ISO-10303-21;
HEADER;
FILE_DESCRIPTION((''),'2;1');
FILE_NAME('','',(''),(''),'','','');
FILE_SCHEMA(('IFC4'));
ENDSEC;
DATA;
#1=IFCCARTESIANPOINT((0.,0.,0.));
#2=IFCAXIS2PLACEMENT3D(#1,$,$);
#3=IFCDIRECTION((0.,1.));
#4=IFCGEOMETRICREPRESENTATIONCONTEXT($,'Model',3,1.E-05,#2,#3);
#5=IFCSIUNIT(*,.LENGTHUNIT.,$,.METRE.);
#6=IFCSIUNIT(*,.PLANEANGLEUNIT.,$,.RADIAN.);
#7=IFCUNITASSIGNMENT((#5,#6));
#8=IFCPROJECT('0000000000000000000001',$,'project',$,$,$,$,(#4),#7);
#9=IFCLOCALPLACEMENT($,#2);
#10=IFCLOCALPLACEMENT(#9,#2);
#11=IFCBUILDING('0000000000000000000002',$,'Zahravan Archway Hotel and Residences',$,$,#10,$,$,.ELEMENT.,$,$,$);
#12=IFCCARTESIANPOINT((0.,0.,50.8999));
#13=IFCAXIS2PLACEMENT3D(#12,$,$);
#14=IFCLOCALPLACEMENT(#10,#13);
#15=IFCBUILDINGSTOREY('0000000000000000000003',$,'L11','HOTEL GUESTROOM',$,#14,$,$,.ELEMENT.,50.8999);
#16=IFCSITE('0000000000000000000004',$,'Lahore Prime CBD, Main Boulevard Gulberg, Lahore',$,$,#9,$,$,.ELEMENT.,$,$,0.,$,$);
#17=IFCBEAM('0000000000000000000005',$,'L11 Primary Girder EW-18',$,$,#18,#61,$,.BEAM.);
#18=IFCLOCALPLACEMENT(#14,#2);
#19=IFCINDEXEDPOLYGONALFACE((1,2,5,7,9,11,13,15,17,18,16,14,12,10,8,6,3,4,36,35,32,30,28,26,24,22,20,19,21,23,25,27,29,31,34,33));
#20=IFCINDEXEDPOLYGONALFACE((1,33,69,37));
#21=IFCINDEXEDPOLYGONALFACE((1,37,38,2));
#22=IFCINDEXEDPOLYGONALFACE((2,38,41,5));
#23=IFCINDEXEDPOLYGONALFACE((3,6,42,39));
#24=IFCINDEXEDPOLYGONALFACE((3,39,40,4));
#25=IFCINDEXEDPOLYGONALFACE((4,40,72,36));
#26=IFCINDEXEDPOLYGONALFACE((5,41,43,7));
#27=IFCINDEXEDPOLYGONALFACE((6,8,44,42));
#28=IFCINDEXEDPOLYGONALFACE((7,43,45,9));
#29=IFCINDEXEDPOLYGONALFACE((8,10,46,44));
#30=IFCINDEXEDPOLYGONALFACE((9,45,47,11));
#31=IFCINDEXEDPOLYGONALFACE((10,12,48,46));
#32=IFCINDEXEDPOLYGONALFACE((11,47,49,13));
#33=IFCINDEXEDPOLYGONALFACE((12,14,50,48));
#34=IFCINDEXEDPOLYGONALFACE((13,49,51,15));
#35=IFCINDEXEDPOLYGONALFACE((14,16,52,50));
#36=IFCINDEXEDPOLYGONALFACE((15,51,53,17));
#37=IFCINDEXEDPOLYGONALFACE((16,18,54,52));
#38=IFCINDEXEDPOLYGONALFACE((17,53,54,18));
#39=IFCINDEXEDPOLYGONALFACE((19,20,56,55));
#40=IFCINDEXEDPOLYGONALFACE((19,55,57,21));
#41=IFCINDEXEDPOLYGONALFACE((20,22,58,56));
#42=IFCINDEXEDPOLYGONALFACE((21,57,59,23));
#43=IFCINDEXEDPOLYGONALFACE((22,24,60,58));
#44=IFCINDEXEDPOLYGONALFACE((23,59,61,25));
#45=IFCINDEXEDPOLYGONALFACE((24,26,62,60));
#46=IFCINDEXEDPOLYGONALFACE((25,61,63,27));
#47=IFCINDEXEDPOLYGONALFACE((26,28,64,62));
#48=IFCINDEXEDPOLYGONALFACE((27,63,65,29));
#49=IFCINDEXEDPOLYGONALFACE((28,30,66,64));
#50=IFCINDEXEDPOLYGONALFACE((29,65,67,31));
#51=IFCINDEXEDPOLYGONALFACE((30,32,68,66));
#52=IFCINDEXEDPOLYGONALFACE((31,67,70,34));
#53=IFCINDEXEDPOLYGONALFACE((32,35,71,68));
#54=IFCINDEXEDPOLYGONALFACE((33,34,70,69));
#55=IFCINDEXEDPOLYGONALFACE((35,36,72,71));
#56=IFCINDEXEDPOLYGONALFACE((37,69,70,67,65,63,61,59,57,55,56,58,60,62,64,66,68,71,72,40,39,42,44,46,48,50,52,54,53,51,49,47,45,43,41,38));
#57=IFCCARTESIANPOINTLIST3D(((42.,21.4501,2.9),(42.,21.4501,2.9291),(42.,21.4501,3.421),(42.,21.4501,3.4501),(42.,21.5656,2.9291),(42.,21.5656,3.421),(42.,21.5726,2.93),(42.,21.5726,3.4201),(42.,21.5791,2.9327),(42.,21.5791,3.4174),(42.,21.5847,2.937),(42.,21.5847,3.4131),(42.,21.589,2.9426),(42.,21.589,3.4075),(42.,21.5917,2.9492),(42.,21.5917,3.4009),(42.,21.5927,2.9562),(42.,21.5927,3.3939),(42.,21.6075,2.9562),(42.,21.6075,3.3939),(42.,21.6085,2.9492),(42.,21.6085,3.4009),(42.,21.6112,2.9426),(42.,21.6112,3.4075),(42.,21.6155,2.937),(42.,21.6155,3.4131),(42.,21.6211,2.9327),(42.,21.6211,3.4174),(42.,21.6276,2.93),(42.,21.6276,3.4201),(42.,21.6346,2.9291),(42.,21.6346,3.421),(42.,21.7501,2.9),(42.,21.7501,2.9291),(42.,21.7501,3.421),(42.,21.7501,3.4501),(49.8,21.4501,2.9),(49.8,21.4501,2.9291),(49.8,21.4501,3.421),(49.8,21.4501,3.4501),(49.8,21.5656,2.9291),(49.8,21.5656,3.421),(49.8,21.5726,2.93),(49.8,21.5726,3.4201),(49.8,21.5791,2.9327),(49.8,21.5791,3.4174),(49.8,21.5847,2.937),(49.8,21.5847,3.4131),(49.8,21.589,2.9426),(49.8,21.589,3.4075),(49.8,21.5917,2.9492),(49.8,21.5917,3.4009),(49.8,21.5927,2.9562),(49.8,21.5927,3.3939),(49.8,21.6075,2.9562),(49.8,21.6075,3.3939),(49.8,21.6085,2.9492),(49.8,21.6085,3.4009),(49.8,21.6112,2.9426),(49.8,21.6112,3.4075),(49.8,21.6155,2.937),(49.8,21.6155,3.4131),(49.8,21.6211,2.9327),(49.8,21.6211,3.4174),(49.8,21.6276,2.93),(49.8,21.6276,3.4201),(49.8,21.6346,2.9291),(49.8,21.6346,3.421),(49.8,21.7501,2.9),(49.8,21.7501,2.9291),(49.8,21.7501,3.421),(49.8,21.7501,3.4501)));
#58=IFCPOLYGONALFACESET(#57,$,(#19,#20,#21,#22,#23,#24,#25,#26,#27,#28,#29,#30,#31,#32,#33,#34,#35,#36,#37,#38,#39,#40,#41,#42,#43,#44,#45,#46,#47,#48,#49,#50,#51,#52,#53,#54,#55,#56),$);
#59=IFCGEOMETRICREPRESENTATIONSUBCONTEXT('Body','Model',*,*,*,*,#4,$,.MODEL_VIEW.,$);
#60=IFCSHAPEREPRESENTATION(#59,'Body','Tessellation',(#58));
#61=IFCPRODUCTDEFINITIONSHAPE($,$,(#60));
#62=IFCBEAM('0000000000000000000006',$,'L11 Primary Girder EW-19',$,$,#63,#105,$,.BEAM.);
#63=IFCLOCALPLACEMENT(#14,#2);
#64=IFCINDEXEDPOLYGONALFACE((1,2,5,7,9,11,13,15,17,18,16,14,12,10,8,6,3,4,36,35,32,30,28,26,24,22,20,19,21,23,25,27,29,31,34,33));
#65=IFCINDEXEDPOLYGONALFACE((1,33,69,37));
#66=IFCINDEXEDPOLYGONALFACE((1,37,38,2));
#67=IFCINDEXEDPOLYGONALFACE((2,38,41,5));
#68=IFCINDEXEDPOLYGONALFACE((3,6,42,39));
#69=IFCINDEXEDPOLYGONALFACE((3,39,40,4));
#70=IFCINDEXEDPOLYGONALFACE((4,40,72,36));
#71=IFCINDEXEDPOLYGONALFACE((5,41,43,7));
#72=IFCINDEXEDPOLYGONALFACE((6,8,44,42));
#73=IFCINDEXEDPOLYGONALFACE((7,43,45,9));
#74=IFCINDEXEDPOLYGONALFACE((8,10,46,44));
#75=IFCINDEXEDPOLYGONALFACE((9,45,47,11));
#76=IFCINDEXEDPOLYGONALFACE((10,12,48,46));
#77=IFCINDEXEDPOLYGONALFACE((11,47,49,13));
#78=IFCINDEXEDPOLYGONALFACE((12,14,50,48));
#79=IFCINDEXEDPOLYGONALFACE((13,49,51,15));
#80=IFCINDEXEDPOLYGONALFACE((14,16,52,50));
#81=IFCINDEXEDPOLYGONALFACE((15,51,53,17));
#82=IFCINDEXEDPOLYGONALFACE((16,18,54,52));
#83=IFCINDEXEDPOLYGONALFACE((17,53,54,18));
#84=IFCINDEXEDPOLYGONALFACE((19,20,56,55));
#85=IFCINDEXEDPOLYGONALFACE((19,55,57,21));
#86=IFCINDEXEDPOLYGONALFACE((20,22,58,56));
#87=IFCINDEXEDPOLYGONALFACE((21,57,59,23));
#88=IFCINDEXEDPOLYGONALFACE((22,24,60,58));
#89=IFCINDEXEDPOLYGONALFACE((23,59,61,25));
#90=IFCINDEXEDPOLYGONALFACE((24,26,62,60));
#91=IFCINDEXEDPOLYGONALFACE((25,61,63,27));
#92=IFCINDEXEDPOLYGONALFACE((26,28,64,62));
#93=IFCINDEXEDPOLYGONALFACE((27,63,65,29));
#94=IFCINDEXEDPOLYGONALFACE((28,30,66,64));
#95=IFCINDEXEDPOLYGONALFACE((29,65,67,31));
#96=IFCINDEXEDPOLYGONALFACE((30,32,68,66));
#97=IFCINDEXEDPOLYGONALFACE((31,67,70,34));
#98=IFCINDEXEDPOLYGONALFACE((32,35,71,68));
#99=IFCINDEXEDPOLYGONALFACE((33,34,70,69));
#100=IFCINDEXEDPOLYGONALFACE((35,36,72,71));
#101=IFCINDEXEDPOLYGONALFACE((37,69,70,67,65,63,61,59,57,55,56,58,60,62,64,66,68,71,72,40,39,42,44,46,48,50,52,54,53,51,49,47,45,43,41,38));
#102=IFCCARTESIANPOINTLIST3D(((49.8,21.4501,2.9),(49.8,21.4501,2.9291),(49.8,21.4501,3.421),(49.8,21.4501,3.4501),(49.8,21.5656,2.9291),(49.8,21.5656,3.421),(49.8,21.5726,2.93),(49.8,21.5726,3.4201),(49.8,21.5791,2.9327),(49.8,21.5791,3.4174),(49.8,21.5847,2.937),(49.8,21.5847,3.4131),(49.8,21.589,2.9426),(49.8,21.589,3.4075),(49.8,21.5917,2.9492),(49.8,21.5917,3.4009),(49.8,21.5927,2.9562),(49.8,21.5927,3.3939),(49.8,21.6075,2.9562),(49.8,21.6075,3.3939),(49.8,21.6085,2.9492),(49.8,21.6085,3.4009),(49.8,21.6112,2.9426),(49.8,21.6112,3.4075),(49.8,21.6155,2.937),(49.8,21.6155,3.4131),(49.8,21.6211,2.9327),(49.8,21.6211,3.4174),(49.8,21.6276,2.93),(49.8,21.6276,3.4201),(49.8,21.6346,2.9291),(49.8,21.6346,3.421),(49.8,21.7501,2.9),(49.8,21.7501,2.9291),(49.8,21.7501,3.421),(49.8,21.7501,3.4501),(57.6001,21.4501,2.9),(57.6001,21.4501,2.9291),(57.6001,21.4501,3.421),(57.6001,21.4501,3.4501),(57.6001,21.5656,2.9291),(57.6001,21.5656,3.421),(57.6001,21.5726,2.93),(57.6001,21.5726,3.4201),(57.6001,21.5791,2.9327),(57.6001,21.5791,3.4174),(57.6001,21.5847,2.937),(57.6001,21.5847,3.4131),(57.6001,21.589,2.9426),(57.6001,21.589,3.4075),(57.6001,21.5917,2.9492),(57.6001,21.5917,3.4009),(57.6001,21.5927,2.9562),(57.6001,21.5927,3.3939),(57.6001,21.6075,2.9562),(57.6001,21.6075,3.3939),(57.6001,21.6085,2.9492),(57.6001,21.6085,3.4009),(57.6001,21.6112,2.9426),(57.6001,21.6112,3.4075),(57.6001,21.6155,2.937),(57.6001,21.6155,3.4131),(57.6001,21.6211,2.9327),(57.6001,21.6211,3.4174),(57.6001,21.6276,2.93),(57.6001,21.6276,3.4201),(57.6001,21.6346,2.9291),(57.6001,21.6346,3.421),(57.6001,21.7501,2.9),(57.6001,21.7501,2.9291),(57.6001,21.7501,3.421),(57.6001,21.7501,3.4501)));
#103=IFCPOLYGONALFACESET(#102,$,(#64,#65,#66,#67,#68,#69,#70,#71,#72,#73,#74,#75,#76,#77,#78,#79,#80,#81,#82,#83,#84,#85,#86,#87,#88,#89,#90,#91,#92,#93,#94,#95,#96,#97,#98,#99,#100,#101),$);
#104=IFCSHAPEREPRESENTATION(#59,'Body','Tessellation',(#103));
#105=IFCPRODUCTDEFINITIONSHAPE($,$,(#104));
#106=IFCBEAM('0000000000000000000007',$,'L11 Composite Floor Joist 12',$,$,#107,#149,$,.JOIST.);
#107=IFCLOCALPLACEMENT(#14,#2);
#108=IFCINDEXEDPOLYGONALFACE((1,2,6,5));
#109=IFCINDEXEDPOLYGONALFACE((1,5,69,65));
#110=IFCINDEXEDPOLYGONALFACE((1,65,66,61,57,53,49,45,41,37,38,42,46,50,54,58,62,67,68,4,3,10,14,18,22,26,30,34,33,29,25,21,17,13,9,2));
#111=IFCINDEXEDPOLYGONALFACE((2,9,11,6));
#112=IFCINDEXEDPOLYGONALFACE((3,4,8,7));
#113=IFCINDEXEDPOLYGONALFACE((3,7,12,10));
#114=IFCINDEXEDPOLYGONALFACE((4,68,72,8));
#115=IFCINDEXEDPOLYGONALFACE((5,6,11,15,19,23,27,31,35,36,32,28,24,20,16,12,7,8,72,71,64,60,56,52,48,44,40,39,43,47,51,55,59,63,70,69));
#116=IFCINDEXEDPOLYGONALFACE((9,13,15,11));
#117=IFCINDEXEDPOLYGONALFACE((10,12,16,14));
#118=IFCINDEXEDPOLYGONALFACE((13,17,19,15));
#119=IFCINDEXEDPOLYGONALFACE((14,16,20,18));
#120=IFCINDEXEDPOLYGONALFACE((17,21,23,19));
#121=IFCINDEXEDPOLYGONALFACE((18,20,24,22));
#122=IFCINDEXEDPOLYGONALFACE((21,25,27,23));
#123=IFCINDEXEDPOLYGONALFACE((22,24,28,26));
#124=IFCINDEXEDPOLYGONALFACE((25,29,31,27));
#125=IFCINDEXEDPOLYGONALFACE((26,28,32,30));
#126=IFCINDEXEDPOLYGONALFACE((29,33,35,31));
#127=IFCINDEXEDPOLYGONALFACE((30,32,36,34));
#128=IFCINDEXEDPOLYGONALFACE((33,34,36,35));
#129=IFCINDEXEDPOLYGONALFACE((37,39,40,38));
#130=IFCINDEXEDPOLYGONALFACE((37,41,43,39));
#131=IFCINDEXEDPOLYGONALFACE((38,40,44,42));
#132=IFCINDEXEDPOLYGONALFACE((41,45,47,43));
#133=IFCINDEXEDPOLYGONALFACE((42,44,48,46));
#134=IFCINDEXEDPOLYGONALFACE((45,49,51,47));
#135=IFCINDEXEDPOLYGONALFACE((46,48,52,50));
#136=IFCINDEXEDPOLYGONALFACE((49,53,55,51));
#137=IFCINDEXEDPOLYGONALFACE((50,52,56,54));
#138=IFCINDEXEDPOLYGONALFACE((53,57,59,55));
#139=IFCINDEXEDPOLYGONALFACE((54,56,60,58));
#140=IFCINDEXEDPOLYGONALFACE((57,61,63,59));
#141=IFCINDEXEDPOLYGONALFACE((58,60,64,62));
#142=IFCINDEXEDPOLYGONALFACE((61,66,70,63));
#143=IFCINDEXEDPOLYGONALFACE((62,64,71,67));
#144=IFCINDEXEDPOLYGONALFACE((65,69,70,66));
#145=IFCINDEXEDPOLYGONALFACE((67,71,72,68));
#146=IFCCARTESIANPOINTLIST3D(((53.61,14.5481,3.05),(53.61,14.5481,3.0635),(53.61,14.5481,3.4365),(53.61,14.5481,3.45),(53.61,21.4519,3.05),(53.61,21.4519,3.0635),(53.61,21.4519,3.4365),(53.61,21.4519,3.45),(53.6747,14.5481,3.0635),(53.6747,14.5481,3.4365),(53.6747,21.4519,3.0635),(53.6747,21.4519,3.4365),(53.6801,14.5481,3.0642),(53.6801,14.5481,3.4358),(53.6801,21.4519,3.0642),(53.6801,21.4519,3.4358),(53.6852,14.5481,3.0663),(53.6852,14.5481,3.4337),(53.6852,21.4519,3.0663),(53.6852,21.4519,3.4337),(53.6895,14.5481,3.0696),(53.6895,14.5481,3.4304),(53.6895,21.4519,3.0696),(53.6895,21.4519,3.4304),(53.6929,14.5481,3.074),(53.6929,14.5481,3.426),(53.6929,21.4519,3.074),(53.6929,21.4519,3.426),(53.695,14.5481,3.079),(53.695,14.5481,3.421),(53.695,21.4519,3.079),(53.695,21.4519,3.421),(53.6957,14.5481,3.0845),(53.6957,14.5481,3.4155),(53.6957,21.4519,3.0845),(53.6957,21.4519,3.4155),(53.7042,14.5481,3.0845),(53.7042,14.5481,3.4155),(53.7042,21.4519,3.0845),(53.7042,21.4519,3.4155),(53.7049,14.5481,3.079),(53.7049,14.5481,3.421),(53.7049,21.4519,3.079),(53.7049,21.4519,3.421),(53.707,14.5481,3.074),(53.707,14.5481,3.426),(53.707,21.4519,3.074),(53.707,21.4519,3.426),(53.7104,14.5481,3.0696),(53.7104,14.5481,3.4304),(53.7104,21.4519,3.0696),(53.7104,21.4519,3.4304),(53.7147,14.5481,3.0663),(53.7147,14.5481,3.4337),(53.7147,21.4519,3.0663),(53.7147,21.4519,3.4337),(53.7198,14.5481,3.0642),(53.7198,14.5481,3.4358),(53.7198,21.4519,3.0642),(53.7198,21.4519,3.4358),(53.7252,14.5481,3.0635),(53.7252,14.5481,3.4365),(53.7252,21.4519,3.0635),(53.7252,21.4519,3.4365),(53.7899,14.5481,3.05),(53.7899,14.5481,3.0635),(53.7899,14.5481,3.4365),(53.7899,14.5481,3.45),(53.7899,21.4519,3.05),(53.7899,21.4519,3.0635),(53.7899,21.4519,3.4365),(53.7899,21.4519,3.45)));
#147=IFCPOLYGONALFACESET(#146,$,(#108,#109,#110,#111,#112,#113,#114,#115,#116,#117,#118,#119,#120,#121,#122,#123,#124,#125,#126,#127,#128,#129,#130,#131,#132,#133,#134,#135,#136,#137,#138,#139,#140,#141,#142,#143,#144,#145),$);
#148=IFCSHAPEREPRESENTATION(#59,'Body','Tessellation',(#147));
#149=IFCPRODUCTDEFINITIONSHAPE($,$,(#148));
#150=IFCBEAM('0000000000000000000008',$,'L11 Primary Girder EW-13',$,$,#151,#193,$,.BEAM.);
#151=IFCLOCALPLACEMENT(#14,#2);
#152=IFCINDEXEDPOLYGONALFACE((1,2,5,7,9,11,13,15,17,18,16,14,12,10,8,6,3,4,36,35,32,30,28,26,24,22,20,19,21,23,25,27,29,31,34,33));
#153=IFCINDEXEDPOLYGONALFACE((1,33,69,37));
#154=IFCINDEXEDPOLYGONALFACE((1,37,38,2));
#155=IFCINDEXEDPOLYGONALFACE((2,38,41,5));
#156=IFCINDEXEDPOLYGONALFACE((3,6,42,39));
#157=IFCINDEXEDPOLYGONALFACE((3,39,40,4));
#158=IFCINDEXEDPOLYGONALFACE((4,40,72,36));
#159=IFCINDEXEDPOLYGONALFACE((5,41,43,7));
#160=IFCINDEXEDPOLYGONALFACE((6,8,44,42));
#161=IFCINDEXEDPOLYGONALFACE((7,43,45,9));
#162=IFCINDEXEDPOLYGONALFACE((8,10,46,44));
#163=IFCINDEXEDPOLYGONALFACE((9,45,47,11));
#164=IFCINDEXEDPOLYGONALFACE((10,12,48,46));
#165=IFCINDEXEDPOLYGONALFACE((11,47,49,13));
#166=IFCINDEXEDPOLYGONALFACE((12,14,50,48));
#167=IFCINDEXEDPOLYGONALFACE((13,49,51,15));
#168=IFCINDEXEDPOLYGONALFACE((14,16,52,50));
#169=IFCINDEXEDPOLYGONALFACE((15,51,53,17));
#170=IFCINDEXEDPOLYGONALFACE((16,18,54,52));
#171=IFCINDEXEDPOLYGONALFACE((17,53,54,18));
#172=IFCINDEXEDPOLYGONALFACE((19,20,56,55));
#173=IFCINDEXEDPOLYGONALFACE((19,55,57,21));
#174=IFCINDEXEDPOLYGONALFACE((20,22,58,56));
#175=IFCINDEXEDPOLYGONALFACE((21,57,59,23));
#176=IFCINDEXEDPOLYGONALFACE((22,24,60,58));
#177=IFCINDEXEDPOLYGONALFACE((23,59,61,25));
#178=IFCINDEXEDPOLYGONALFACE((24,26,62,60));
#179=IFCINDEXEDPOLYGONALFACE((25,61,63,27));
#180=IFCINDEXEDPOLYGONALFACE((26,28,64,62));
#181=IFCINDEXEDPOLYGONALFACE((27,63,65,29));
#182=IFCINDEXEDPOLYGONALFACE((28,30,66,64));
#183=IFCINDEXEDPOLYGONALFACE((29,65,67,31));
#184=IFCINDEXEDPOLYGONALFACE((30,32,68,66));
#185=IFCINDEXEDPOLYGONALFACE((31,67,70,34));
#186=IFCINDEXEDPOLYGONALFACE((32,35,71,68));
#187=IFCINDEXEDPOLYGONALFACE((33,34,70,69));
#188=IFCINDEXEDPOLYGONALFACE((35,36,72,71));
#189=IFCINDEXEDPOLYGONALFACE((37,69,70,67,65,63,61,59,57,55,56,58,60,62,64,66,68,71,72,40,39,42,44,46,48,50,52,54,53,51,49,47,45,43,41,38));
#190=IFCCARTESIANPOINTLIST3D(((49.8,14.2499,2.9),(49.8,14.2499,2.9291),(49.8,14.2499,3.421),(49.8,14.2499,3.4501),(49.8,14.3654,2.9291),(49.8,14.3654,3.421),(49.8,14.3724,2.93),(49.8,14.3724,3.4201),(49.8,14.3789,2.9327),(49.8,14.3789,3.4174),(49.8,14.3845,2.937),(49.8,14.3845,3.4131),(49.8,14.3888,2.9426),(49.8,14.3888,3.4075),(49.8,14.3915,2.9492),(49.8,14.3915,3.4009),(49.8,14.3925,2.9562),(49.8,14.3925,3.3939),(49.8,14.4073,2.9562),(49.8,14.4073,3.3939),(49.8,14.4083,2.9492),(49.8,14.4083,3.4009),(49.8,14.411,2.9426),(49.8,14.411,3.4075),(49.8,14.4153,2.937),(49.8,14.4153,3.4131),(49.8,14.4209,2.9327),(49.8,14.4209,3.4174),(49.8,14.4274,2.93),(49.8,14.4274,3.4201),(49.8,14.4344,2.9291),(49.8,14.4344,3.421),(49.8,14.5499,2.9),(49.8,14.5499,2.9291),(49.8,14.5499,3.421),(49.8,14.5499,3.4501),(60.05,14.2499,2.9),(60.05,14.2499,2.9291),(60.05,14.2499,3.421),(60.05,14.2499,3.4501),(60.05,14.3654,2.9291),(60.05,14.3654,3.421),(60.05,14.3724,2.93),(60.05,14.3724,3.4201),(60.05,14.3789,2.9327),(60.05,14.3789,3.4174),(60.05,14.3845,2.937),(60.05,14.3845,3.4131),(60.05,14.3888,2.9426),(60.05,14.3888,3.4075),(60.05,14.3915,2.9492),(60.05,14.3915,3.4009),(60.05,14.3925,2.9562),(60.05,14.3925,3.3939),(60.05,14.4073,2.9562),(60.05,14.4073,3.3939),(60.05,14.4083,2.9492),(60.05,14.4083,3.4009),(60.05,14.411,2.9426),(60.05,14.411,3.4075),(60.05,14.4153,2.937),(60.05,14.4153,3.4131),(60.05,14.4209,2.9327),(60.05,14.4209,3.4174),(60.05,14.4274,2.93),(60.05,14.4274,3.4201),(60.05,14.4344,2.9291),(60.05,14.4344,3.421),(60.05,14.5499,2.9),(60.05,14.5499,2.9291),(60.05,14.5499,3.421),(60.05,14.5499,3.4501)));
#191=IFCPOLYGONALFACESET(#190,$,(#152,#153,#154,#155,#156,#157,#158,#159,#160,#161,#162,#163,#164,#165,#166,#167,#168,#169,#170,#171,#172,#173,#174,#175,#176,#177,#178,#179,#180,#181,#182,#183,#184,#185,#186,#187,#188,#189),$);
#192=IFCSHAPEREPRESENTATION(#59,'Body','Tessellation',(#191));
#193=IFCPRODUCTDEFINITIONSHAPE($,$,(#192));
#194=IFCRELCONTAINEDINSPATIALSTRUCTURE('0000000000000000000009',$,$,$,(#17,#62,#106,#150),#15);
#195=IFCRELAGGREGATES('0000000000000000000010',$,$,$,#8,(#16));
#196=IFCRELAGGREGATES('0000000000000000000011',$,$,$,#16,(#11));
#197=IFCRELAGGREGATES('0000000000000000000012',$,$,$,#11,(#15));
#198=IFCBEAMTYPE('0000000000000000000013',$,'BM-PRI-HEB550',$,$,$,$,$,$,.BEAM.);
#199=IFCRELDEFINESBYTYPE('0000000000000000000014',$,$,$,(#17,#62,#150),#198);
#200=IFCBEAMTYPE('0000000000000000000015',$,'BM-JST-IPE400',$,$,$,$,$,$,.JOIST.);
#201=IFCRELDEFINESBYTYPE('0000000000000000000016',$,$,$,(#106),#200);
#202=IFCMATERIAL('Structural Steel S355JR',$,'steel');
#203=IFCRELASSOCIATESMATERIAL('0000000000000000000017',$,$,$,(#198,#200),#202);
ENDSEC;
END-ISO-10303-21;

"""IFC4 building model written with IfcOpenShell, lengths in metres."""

from ifc_helpers import new_model, si_unit, direction, frame, origin, origin_2d, place, context, subcontext, project, spatial, i_section, extrude, source, transform, mapped, material, material_profile, profile_set, type_object, element, save


model = new_model("IFC4")

# Units and contexts
model_context = context("Model", 3, precision=1e-05, world=origin(), true_north=direction((0.0, 1.0)))
body_context = subcontext(model_context, "Body", "Model", "MODEL_VIEW")
ifc_project = project(units=[si_unit("LENGTHUNIT", "METRE"), si_unit("PLANEANGLEUNIT", "RADIAN")], contexts=[model_context])

# Site, building, storey
site_placement = place(None, origin())
site = spatial("IfcSite", under=ifc_project, at=site_placement, Name="Lahore Prime CBD, Main Boulevard Gulberg, Lahore", CompositionType="ELEMENT", RefElevation=0.0)
building_placement = place(site_placement, origin())
building = spatial("IfcBuilding", under=site, at=building_placement, Name="Zahravan Archway Hotel and Residences", CompositionType="ELEMENT")
storey_placement = place(building_placement, frame((0.0, 0.0, 50.8999)))
storey = spatial("IfcBuildingStorey", under=building, at=storey_placement, Name="L11", Description="HOTEL GUESTROOM", CompositionType="ELEMENT", Elevation=50.8999)

# Beams
ifc_material_1 = material(Name="Structural Steel S355JR", Category="steel")
ifc_material_profile_1 = material_profile(ifc_material_1, i_section(OverallWidth=0.3, OverallDepth=0.55, WebThickness=0.0149, FlangeThickness=0.0291, FilletRadius=0.0271, at=origin_2d()), Name="HEB 550", Category="steel")
ifc_profile_set_1 = profile_set([ifc_material_profile_1], Name="Structural Steel S355JR")
beam_type_1 = type_object("IfcBeamType", Name="BM-PRI-HEB550", PredefinedType="BEAM", material=ifc_profile_set_1)
shared_shape_1 = source(origin(), body_context, "Body", "SweptSolid", [
    extrude(i_section(OverallWidth=0.3, OverallDepth=0.55, WebThickness=0.0149, FlangeThickness=0.0291, FilletRadius=0.0271, at=origin_2d()), origin(), (0.0, 0.0, 1.0), 7.8),
])
for number, where, z_axis, x_axis, name in (
    (1, (42.0, 21.6001, 3.175), (1.0, 0.0, 0.0), (0.0, 1.0, 0.0), "L11 Primary Girder EW-18"),
    (2, (49.8, 21.6001, 3.175), (1.0, 0.0, 0.0), (0.0, 1.0, 0.0), "L11 Primary Girder EW-19"),
):
    element("IfcBeam", number, at=place(storey_placement, frame(where, z_axis=z_axis, x_axis=x_axis)), inside=storey, type_object=beam_type_1, Name=name, PredefinedType="BEAM", context=body_context, shape_type="MappedRepresentation", body=[
        mapped(shared_shape_1, transform((0.0, 0.0, 0.0), scale=1.0)),
    ])
ifc_material_profile_2 = material_profile(ifc_material_1, i_section(OverallWidth=0.1799, OverallDepth=0.3999, WebThickness=0.0085, FlangeThickness=0.0134, FilletRadius=0.021, at=origin_2d()), Name="IPE 400", Category="steel")
ifc_profile_set_2 = profile_set([ifc_material_profile_2], Name="Structural Steel S355JR")
beam_type_2 = type_object("IfcBeamType", Name="BM-JST-IPE400", PredefinedType="JOIST", material=ifc_profile_set_2)
shared_shape_2 = source(origin(), body_context, "Body", "SweptSolid", [
    extrude(i_section(OverallWidth=0.1799, OverallDepth=0.3999, WebThickness=0.0085, FlangeThickness=0.0134, FilletRadius=0.021, at=origin_2d()), origin(), (0.0, 0.0, 1.0), 6.9038),
])
beam_1_placement = place(storey_placement, frame((53.7, 14.5481, 3.25), z_axis=(0.0, 1.0, 0.0), x_axis=(-1.0, 0.0, 0.0)))
element("IfcBeam", 3, at=beam_1_placement, inside=storey, type_object=beam_type_2, Name="L11 Composite Floor Joist 12", PredefinedType="JOIST", context=body_context, shape_type="MappedRepresentation", body=[
    mapped(shared_shape_2, transform((0.0, 0.0, 0.0), scale=1.0)),
])
shared_shape_3 = source(origin(), body_context, "Body", "SweptSolid", [
    extrude(i_section(OverallWidth=0.3, OverallDepth=0.55, WebThickness=0.0149, FlangeThickness=0.0291, FilletRadius=0.0271, at=origin_2d()), origin(), (0.0, 0.0, 1.0), 10.25),
])
beam_2_placement = place(storey_placement, frame((49.8, 14.3999, 3.175), z_axis=(1.0, 0.0, 0.0), x_axis=(0.0, 1.0, 0.0)))
element("IfcBeam", 4, at=beam_2_placement, inside=storey, type_object=beam_type_1, Name="L11 Primary Girder EW-13", PredefinedType="BEAM", context=body_context, shape_type="MappedRepresentation", body=[
    mapped(shared_shape_3, transform((0.0, 0.0, 0.0), scale=1.0)),
])

save(model, "model.ifc")
